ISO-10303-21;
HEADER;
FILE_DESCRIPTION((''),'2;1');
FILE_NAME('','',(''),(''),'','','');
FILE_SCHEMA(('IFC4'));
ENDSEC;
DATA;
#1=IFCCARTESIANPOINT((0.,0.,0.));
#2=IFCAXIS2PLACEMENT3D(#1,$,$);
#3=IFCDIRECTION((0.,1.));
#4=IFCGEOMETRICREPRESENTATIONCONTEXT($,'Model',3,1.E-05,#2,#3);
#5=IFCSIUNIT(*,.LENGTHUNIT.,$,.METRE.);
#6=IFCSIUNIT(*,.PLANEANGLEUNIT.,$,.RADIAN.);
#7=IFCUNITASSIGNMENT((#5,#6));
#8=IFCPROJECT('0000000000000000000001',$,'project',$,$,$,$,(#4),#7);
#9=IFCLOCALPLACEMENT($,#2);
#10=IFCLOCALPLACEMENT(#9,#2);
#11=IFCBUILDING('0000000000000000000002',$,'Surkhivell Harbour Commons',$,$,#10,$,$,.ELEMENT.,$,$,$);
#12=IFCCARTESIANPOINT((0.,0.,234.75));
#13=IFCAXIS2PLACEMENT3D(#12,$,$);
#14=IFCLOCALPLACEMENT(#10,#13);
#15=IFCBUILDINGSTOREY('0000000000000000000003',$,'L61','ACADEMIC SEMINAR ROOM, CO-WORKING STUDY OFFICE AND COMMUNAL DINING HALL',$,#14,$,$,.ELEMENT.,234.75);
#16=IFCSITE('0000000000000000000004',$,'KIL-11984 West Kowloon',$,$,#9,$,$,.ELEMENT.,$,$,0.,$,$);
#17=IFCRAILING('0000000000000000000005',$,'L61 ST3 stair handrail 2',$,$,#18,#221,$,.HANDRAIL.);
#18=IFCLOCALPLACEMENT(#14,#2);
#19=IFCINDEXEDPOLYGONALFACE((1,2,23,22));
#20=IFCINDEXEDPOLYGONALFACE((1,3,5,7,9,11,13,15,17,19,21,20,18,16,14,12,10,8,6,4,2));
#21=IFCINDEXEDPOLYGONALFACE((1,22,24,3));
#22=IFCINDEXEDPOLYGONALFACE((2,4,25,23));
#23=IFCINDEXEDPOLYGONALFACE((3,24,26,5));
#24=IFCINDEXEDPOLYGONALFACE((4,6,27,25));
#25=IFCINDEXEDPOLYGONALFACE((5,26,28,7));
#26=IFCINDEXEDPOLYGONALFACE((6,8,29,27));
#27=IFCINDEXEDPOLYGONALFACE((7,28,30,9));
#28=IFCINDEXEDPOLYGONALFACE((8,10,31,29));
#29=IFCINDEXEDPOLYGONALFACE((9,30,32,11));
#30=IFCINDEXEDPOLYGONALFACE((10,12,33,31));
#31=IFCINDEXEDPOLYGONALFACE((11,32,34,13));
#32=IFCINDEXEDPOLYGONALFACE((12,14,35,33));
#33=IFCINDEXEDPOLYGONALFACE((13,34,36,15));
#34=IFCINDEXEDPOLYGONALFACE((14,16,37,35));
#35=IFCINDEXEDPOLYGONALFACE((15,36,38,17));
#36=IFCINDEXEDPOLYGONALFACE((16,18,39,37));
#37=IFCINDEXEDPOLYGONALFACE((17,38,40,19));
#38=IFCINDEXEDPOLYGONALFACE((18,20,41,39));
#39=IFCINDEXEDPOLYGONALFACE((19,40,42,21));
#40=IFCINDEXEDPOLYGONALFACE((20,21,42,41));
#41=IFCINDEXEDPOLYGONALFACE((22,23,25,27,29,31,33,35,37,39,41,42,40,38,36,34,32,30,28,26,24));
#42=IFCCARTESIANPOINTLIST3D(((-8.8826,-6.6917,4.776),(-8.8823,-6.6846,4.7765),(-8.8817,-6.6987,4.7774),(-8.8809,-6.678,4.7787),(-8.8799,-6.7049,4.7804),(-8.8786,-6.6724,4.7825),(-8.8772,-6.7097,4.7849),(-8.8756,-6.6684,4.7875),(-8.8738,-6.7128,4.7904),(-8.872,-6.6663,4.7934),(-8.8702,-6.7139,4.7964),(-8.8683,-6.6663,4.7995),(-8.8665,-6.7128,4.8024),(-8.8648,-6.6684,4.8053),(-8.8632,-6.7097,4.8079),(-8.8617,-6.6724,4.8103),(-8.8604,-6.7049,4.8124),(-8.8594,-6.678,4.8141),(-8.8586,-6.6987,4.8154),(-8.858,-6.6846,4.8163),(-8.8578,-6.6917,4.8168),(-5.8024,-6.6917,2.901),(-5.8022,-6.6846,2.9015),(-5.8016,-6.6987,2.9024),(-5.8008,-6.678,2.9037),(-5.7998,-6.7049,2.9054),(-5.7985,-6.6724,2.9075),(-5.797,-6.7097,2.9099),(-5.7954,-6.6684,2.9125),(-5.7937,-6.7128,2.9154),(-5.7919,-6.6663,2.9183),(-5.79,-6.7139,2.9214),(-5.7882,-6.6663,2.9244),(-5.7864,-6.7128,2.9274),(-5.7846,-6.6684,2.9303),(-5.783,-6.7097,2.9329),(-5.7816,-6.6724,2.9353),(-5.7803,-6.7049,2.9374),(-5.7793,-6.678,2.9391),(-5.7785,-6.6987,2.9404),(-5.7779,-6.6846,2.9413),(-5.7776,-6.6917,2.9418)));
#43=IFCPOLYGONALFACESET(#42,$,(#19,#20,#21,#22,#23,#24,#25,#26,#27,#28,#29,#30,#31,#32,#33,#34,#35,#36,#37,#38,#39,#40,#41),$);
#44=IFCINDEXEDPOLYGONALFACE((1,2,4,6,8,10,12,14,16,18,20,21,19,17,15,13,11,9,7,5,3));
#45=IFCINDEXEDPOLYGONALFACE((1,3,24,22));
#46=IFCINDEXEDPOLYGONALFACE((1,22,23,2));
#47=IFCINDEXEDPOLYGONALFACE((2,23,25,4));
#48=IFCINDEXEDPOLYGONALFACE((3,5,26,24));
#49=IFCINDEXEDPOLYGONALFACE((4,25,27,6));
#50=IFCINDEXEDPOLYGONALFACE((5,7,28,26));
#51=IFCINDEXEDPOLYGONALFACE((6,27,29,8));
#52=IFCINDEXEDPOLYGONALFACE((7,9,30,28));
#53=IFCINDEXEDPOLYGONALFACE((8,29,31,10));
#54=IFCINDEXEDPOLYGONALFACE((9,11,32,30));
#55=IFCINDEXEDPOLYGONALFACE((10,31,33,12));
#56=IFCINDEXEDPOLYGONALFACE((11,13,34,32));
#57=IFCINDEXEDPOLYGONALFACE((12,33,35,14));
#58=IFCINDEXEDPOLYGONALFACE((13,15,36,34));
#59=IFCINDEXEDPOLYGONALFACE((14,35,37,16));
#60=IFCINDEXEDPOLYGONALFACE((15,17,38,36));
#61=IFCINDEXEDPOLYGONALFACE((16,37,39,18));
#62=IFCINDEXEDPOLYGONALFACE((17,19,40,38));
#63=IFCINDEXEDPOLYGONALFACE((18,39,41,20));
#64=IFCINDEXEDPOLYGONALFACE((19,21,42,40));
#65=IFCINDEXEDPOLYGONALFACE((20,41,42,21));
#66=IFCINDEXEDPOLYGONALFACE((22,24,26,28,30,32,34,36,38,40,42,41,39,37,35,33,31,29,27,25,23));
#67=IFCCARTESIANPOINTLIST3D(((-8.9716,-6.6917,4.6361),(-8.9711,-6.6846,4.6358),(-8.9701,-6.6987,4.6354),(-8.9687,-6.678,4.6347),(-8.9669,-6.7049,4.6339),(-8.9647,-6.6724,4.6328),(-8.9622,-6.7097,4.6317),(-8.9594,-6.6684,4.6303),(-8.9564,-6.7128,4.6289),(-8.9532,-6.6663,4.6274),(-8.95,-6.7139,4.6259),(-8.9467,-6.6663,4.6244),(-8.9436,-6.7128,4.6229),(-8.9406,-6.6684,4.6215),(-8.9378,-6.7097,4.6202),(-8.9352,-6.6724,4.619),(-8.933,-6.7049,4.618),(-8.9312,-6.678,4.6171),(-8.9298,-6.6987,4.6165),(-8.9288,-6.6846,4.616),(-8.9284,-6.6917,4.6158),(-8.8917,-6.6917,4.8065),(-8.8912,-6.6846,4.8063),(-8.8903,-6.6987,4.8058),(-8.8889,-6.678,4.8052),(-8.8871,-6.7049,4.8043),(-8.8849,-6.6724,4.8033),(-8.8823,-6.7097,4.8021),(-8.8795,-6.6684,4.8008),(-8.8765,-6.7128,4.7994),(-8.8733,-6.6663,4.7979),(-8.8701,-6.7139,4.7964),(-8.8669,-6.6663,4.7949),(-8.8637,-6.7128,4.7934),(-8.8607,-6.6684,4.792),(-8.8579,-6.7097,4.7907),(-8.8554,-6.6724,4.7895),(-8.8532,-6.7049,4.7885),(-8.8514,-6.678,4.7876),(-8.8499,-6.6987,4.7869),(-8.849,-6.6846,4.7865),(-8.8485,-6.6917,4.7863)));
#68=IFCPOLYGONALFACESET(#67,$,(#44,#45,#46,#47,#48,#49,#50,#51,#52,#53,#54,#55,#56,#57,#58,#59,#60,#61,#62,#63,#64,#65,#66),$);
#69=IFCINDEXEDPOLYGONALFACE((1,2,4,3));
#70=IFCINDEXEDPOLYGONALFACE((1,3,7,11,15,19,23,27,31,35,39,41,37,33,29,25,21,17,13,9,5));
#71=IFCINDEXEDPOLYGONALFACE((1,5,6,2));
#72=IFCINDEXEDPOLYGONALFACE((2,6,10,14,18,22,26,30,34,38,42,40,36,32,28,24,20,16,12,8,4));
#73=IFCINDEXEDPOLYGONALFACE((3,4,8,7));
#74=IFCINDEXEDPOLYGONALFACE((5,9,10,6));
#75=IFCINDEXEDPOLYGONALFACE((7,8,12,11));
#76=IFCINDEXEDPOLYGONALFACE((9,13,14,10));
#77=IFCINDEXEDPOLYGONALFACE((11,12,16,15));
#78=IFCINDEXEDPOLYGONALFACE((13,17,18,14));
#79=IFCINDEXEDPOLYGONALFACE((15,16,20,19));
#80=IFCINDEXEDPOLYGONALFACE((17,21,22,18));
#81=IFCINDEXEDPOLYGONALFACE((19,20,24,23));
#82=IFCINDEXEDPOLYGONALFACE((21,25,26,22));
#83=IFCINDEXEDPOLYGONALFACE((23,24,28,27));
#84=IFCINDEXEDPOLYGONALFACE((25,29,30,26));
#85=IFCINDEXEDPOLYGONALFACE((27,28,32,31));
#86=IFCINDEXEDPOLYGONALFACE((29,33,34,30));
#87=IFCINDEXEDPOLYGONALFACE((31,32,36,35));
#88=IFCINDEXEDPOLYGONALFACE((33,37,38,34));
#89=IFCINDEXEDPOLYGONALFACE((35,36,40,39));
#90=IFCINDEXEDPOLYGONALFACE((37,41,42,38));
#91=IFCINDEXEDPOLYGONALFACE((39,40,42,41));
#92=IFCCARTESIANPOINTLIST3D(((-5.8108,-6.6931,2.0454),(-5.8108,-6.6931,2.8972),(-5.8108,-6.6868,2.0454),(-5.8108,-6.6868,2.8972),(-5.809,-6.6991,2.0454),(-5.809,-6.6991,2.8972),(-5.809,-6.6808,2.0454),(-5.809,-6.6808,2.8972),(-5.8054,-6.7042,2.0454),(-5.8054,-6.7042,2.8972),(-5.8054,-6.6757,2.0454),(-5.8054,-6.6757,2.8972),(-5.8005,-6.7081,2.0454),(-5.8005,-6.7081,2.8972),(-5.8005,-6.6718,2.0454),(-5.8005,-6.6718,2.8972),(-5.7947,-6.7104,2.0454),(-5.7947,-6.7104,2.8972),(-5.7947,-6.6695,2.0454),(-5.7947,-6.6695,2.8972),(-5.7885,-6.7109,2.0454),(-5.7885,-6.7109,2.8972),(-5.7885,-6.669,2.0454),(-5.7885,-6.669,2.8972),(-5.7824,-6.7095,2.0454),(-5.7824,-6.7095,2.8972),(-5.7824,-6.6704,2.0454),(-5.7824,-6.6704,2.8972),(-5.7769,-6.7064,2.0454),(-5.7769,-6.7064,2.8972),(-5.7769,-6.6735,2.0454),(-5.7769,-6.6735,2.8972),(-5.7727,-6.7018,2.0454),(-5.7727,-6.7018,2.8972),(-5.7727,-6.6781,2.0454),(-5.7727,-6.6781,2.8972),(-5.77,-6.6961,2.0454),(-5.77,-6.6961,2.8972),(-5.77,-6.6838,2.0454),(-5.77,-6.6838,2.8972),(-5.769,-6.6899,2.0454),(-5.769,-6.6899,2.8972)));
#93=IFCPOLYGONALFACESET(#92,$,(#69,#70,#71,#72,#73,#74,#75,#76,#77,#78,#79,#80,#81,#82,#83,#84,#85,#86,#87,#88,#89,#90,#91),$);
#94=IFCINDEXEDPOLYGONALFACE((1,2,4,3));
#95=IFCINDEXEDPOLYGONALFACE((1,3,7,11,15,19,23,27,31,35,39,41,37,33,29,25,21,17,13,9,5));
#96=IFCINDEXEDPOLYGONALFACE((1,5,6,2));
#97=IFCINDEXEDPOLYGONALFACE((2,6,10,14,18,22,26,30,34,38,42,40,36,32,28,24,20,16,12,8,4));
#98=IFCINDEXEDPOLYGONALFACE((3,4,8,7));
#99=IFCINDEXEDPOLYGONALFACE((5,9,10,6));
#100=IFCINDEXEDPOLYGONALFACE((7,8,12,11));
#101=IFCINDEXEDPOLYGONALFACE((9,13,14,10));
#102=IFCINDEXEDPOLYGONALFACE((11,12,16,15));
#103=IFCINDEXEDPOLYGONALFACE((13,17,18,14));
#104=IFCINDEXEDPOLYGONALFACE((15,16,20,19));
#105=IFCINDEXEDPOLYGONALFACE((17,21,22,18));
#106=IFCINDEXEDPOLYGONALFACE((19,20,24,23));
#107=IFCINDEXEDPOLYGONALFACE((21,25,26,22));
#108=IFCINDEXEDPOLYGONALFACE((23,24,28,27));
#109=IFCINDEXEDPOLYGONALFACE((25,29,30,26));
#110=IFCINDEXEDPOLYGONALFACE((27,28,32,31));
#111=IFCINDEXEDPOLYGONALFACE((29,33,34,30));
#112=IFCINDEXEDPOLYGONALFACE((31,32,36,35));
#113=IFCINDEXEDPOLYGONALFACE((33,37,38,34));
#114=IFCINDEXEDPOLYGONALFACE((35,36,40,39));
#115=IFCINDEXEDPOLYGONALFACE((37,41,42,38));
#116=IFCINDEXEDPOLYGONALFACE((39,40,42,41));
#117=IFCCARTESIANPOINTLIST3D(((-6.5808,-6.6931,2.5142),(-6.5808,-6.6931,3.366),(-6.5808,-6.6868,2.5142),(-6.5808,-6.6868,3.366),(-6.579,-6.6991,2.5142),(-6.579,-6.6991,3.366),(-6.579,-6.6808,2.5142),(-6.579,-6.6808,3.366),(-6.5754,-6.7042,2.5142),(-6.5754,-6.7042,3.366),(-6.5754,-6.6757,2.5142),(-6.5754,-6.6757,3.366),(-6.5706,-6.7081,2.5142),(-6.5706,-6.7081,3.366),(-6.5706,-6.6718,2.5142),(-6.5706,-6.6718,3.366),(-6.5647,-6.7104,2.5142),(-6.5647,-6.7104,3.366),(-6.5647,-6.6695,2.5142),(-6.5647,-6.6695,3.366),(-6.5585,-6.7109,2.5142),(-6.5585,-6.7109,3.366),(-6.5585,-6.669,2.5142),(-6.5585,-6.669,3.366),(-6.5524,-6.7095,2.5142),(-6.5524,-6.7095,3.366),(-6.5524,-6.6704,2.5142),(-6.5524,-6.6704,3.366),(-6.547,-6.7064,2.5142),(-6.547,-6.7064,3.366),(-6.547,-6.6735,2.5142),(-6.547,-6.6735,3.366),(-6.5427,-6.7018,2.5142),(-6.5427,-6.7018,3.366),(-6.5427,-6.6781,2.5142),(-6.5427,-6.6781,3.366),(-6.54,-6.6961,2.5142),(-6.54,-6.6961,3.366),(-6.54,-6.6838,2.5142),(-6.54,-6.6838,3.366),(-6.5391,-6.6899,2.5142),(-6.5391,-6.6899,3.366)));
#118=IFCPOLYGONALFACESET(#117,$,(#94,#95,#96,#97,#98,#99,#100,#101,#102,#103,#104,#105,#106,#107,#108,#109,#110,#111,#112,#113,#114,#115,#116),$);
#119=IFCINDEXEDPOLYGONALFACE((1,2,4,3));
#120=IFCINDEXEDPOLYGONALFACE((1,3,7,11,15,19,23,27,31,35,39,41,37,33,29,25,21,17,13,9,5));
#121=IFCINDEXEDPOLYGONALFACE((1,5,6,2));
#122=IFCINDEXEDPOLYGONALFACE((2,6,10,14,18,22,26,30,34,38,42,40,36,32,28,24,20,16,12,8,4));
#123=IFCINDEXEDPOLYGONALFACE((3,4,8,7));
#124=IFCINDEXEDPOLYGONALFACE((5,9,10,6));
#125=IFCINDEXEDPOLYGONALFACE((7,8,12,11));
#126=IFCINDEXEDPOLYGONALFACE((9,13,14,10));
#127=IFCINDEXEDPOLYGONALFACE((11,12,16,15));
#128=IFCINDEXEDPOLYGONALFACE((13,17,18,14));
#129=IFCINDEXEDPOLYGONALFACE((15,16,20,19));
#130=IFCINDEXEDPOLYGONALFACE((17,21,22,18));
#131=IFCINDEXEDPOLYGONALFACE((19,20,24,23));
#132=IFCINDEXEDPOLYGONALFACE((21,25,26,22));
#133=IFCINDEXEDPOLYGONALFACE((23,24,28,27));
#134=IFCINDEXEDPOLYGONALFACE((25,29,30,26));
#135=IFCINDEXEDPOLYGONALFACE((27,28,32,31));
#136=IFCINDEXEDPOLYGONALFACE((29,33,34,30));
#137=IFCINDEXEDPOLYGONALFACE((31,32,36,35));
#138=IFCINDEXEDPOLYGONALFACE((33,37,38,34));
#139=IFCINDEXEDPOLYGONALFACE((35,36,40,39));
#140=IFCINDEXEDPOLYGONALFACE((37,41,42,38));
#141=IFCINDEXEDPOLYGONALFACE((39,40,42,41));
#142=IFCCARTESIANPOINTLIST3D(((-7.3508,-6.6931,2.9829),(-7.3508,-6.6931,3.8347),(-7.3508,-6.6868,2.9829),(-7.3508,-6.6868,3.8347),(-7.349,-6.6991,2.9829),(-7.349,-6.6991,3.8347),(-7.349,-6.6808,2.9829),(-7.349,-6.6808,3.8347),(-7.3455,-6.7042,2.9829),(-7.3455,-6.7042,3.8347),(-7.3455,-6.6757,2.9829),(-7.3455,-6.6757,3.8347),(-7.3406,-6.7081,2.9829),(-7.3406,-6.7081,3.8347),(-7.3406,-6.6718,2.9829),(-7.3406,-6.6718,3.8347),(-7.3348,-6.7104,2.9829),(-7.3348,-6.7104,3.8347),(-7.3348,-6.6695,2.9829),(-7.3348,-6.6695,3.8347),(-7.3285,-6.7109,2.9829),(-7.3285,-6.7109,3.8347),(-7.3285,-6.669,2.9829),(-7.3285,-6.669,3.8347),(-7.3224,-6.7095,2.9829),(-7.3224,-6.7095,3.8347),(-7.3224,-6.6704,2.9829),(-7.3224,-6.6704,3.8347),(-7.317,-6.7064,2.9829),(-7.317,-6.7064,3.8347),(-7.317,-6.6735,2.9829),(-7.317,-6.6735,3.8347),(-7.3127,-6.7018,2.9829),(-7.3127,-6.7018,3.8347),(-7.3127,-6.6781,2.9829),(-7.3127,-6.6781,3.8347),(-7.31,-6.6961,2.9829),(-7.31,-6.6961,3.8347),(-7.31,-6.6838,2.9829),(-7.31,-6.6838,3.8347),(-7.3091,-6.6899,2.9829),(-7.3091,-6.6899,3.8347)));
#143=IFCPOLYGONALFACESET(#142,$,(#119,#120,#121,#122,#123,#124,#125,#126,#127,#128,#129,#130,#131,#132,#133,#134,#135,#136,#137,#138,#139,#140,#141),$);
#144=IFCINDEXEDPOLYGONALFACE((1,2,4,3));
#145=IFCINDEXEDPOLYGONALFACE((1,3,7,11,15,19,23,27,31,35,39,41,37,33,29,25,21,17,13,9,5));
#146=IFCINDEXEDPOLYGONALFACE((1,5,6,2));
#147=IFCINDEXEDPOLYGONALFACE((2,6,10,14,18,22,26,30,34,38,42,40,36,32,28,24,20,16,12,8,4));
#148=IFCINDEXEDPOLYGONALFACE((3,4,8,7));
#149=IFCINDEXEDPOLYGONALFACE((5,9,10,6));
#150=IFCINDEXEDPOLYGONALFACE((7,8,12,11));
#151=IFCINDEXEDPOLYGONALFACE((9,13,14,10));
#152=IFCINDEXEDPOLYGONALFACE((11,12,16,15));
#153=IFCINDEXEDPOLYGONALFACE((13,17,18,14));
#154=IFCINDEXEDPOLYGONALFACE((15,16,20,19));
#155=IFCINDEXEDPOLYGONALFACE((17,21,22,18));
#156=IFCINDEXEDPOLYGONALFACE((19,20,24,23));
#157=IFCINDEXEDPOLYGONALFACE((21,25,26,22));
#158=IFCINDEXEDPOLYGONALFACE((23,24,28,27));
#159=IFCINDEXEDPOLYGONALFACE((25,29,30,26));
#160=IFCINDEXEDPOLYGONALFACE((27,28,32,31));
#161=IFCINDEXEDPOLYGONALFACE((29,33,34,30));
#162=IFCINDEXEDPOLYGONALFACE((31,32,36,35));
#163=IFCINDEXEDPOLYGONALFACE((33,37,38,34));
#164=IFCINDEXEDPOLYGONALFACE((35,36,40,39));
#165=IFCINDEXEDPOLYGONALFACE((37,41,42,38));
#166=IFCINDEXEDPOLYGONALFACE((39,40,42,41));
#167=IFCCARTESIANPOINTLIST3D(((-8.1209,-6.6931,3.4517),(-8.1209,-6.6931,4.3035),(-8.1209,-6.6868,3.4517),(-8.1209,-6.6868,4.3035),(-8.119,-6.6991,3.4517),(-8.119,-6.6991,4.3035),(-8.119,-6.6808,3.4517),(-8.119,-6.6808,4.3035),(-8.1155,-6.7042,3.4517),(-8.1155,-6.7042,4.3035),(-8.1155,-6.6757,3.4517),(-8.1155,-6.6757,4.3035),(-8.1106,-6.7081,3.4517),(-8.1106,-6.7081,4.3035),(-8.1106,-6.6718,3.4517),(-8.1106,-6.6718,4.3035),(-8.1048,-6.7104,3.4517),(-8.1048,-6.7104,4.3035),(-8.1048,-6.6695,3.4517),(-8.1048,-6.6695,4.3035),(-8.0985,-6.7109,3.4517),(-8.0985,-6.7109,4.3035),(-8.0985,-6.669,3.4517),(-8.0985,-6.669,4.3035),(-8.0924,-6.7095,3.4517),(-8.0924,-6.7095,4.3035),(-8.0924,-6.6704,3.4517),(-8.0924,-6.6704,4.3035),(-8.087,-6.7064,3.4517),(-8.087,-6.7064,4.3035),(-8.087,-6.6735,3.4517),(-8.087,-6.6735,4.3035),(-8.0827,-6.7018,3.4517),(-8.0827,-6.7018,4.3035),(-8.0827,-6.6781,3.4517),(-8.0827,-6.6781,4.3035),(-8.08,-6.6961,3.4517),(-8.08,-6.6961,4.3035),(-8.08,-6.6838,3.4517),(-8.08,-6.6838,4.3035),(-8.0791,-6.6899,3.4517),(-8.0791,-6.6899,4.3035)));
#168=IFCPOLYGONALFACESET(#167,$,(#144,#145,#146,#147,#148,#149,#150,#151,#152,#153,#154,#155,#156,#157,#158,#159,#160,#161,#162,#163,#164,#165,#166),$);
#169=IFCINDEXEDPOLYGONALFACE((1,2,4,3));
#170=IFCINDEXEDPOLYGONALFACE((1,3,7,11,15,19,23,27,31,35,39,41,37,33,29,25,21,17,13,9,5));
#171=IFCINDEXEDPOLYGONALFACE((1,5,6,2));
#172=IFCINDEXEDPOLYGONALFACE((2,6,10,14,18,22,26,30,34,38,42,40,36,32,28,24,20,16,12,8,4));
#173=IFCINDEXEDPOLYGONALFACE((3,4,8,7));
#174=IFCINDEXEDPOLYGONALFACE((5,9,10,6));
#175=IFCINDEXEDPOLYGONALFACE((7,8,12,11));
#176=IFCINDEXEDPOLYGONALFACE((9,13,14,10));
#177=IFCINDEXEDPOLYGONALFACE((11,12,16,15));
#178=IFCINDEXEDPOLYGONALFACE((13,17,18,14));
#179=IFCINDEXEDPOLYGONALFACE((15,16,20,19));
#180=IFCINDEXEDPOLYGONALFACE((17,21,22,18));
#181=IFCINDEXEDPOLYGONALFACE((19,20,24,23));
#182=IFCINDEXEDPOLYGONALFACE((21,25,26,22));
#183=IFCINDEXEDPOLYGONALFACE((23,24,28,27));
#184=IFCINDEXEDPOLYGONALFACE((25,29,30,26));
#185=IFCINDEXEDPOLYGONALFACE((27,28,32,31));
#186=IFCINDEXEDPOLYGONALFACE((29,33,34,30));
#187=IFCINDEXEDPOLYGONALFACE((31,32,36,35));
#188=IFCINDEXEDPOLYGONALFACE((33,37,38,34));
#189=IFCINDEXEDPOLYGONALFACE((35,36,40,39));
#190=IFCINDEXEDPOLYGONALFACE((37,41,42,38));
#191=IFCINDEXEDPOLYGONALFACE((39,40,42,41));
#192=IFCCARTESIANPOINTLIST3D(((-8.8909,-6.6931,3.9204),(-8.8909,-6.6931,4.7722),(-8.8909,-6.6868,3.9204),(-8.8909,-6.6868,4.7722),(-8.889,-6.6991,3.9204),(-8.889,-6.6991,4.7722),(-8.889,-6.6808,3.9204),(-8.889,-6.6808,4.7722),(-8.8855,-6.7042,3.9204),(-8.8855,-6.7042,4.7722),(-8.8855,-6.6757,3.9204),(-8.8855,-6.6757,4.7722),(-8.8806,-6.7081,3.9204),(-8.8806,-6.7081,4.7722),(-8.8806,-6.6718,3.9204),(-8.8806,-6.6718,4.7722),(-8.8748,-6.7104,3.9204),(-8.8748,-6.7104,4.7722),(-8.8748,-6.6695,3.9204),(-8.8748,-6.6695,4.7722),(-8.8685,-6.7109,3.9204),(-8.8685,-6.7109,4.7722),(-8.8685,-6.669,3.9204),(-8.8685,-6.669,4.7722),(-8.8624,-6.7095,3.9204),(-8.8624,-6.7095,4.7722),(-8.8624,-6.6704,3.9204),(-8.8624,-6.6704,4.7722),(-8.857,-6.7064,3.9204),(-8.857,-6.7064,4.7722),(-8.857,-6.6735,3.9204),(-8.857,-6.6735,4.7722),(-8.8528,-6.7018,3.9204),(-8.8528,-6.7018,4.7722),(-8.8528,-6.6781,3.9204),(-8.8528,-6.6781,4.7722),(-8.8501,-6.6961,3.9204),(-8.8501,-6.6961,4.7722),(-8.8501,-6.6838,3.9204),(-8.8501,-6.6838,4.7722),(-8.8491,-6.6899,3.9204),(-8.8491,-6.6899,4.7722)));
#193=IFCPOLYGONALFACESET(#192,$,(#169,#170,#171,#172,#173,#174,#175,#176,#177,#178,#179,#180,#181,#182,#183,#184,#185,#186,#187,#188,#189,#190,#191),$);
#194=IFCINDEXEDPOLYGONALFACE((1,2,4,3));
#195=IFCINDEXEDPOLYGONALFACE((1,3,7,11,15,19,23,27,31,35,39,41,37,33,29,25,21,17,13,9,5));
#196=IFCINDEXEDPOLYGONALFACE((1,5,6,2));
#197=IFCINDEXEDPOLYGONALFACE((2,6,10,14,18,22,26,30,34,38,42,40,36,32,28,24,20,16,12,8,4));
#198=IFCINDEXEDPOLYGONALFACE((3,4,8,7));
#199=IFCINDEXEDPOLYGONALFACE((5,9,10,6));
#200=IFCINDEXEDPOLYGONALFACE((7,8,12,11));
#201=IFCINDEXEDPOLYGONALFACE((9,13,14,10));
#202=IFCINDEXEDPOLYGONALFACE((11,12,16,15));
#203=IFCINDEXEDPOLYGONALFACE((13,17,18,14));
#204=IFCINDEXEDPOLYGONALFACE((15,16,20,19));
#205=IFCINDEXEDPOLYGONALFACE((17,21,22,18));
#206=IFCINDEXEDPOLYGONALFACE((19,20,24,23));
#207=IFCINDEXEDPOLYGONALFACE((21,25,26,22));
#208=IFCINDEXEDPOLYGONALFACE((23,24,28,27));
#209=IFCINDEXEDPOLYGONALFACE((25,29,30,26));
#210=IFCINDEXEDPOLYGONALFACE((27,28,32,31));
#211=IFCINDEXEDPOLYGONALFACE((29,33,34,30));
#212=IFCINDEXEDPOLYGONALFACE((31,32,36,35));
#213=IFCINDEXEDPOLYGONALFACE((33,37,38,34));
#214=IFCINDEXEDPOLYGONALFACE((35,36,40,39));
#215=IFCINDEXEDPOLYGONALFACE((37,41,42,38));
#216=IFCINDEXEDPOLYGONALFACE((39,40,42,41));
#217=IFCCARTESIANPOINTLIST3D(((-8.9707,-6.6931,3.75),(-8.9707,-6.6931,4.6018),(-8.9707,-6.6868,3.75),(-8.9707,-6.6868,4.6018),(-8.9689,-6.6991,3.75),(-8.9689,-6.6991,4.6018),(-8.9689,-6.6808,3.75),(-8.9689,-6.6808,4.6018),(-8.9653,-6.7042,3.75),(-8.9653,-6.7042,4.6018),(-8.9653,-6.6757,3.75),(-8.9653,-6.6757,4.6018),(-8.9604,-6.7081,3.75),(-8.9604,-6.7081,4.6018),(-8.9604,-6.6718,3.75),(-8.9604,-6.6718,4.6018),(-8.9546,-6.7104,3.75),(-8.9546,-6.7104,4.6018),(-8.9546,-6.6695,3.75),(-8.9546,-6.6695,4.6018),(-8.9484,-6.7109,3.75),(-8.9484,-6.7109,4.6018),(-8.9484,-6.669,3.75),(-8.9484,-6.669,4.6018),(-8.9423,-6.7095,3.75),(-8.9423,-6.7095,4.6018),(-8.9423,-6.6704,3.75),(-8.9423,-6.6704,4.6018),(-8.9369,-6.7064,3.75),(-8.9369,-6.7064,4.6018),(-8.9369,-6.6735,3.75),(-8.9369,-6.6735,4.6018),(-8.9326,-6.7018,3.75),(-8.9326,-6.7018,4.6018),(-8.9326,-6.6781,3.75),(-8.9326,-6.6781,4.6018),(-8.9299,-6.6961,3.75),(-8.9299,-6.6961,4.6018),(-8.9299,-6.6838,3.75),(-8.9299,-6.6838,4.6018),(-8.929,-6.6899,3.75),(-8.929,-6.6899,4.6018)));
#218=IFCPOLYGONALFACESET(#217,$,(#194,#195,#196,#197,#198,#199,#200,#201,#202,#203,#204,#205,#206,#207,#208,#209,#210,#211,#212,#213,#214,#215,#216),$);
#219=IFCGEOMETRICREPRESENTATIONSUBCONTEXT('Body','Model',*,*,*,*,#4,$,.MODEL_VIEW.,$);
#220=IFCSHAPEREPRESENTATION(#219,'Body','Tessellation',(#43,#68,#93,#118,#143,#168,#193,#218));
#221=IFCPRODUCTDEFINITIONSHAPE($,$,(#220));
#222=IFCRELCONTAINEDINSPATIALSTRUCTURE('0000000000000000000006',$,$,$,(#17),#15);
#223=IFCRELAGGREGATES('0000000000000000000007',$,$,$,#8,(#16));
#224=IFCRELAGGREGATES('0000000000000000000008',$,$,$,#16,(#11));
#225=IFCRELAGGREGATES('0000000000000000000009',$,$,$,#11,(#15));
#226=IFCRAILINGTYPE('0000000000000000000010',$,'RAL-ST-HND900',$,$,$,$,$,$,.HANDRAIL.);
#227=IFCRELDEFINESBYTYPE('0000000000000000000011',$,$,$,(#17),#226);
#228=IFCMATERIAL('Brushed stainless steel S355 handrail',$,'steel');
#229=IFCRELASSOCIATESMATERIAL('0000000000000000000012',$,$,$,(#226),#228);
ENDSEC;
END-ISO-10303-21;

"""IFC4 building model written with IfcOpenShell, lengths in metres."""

from ifc_helpers import new_model, si_unit, direction, frame, origin, origin_2d, place, context, subcontext, project, spatial, circle, extrude, material, type_object, element, save


model = new_model("IFC4")

# Units and contexts
model_context = context("Model", 3, precision=1e-05, world=origin(), true_north=direction((0.0, 1.0)))
body_context = subcontext(model_context, "Body", "Model", "MODEL_VIEW")
ifc_project = project(units=[si_unit("LENGTHUNIT", "METRE"), si_unit("PLANEANGLEUNIT", "RADIAN")], contexts=[model_context])

# Site, building, storey
site_placement = place(None, origin())
site = spatial("IfcSite", under=ifc_project, at=site_placement, Name="KIL-11984 West Kowloon", CompositionType="ELEMENT", RefElevation=0.0)
building_placement = place(site_placement, origin())
building = spatial("IfcBuilding", under=site, at=building_placement, Name="Surkhivell Harbour Commons", CompositionType="ELEMENT")
storey_placement = place(building_placement, frame((0.0, 0.0, 234.75)))
storey = spatial("IfcBuildingStorey", under=building, at=storey_placement, Name="L61", Description="ACADEMIC SEMINAR ROOM, CO-WORKING STUDY OFFICE AND COMMUNAL DINING HALL", CompositionType="ELEMENT", Elevation=234.75)

# Railing
ifc_material_1 = material(Name="Brushed stainless steel S355 handrail", Category="steel")
railing_type_1 = type_object("IfcRailingType", Name="RAL-ST-HND900", PredefinedType="HANDRAIL", material=ifc_material_1)
railing_1_placement = place(storey_placement, frame((-5.79, -6.6899, 2.0454)))
element("IfcRailing", 1, at=railing_1_placement, inside=storey, type_object=railing_type_1, Name="L61 ST3 stair handrail 2", PredefinedType="HANDRAIL", context=body_context, shape_type="SweptSolid", body=[
    extrude(circle(Radius=0.0239, at=origin_2d()), frame((0.0, 0.0, 0.876), z_axis=(-0.854178, 0.0, 0.519981), x_axis=(0.0, -1.0, 0.0)), (0.0, 0.0, 1.0), 3.606),
    extrude(circle(Radius=0.0239, at=origin_2d()), frame((-3.0801, 0.0, 2.751), z_axis=(-0.424234, 0.0, -0.905552), x_axis=(0.0, -1.0, 0.0)), (0.0, 0.0, 1.0), 0.1882),
    extrude(circle(Radius=0.021, at=origin_2d()), origin(), (0.0, 0.0, 1.0), 0.8518),
    extrude(circle(Radius=0.021, at=origin_2d()), frame((-0.77, 0.0, 0.4688)), (0.0, 0.0, 1.0), 0.8518),
    extrude(circle(Radius=0.021, at=origin_2d()), frame((-1.54, 0.0, 0.9375)), (0.0, 0.0, 1.0), 0.8518),
    extrude(circle(Radius=0.021, at=origin_2d()), frame((-2.3101, 0.0, 1.4062)), (0.0, 0.0, 1.0), 0.8518),
    extrude(circle(Radius=0.021, at=origin_2d()), frame((-3.0801, 0.0, 1.875)), (0.0, 0.0, 1.0), 0.8518),
    extrude(circle(Radius=0.021, at=origin_2d()), frame((-3.1599, 0.0, 1.7046)), (0.0, 0.0, 1.0), 0.8518),
])

save(model, "model.ifc")
